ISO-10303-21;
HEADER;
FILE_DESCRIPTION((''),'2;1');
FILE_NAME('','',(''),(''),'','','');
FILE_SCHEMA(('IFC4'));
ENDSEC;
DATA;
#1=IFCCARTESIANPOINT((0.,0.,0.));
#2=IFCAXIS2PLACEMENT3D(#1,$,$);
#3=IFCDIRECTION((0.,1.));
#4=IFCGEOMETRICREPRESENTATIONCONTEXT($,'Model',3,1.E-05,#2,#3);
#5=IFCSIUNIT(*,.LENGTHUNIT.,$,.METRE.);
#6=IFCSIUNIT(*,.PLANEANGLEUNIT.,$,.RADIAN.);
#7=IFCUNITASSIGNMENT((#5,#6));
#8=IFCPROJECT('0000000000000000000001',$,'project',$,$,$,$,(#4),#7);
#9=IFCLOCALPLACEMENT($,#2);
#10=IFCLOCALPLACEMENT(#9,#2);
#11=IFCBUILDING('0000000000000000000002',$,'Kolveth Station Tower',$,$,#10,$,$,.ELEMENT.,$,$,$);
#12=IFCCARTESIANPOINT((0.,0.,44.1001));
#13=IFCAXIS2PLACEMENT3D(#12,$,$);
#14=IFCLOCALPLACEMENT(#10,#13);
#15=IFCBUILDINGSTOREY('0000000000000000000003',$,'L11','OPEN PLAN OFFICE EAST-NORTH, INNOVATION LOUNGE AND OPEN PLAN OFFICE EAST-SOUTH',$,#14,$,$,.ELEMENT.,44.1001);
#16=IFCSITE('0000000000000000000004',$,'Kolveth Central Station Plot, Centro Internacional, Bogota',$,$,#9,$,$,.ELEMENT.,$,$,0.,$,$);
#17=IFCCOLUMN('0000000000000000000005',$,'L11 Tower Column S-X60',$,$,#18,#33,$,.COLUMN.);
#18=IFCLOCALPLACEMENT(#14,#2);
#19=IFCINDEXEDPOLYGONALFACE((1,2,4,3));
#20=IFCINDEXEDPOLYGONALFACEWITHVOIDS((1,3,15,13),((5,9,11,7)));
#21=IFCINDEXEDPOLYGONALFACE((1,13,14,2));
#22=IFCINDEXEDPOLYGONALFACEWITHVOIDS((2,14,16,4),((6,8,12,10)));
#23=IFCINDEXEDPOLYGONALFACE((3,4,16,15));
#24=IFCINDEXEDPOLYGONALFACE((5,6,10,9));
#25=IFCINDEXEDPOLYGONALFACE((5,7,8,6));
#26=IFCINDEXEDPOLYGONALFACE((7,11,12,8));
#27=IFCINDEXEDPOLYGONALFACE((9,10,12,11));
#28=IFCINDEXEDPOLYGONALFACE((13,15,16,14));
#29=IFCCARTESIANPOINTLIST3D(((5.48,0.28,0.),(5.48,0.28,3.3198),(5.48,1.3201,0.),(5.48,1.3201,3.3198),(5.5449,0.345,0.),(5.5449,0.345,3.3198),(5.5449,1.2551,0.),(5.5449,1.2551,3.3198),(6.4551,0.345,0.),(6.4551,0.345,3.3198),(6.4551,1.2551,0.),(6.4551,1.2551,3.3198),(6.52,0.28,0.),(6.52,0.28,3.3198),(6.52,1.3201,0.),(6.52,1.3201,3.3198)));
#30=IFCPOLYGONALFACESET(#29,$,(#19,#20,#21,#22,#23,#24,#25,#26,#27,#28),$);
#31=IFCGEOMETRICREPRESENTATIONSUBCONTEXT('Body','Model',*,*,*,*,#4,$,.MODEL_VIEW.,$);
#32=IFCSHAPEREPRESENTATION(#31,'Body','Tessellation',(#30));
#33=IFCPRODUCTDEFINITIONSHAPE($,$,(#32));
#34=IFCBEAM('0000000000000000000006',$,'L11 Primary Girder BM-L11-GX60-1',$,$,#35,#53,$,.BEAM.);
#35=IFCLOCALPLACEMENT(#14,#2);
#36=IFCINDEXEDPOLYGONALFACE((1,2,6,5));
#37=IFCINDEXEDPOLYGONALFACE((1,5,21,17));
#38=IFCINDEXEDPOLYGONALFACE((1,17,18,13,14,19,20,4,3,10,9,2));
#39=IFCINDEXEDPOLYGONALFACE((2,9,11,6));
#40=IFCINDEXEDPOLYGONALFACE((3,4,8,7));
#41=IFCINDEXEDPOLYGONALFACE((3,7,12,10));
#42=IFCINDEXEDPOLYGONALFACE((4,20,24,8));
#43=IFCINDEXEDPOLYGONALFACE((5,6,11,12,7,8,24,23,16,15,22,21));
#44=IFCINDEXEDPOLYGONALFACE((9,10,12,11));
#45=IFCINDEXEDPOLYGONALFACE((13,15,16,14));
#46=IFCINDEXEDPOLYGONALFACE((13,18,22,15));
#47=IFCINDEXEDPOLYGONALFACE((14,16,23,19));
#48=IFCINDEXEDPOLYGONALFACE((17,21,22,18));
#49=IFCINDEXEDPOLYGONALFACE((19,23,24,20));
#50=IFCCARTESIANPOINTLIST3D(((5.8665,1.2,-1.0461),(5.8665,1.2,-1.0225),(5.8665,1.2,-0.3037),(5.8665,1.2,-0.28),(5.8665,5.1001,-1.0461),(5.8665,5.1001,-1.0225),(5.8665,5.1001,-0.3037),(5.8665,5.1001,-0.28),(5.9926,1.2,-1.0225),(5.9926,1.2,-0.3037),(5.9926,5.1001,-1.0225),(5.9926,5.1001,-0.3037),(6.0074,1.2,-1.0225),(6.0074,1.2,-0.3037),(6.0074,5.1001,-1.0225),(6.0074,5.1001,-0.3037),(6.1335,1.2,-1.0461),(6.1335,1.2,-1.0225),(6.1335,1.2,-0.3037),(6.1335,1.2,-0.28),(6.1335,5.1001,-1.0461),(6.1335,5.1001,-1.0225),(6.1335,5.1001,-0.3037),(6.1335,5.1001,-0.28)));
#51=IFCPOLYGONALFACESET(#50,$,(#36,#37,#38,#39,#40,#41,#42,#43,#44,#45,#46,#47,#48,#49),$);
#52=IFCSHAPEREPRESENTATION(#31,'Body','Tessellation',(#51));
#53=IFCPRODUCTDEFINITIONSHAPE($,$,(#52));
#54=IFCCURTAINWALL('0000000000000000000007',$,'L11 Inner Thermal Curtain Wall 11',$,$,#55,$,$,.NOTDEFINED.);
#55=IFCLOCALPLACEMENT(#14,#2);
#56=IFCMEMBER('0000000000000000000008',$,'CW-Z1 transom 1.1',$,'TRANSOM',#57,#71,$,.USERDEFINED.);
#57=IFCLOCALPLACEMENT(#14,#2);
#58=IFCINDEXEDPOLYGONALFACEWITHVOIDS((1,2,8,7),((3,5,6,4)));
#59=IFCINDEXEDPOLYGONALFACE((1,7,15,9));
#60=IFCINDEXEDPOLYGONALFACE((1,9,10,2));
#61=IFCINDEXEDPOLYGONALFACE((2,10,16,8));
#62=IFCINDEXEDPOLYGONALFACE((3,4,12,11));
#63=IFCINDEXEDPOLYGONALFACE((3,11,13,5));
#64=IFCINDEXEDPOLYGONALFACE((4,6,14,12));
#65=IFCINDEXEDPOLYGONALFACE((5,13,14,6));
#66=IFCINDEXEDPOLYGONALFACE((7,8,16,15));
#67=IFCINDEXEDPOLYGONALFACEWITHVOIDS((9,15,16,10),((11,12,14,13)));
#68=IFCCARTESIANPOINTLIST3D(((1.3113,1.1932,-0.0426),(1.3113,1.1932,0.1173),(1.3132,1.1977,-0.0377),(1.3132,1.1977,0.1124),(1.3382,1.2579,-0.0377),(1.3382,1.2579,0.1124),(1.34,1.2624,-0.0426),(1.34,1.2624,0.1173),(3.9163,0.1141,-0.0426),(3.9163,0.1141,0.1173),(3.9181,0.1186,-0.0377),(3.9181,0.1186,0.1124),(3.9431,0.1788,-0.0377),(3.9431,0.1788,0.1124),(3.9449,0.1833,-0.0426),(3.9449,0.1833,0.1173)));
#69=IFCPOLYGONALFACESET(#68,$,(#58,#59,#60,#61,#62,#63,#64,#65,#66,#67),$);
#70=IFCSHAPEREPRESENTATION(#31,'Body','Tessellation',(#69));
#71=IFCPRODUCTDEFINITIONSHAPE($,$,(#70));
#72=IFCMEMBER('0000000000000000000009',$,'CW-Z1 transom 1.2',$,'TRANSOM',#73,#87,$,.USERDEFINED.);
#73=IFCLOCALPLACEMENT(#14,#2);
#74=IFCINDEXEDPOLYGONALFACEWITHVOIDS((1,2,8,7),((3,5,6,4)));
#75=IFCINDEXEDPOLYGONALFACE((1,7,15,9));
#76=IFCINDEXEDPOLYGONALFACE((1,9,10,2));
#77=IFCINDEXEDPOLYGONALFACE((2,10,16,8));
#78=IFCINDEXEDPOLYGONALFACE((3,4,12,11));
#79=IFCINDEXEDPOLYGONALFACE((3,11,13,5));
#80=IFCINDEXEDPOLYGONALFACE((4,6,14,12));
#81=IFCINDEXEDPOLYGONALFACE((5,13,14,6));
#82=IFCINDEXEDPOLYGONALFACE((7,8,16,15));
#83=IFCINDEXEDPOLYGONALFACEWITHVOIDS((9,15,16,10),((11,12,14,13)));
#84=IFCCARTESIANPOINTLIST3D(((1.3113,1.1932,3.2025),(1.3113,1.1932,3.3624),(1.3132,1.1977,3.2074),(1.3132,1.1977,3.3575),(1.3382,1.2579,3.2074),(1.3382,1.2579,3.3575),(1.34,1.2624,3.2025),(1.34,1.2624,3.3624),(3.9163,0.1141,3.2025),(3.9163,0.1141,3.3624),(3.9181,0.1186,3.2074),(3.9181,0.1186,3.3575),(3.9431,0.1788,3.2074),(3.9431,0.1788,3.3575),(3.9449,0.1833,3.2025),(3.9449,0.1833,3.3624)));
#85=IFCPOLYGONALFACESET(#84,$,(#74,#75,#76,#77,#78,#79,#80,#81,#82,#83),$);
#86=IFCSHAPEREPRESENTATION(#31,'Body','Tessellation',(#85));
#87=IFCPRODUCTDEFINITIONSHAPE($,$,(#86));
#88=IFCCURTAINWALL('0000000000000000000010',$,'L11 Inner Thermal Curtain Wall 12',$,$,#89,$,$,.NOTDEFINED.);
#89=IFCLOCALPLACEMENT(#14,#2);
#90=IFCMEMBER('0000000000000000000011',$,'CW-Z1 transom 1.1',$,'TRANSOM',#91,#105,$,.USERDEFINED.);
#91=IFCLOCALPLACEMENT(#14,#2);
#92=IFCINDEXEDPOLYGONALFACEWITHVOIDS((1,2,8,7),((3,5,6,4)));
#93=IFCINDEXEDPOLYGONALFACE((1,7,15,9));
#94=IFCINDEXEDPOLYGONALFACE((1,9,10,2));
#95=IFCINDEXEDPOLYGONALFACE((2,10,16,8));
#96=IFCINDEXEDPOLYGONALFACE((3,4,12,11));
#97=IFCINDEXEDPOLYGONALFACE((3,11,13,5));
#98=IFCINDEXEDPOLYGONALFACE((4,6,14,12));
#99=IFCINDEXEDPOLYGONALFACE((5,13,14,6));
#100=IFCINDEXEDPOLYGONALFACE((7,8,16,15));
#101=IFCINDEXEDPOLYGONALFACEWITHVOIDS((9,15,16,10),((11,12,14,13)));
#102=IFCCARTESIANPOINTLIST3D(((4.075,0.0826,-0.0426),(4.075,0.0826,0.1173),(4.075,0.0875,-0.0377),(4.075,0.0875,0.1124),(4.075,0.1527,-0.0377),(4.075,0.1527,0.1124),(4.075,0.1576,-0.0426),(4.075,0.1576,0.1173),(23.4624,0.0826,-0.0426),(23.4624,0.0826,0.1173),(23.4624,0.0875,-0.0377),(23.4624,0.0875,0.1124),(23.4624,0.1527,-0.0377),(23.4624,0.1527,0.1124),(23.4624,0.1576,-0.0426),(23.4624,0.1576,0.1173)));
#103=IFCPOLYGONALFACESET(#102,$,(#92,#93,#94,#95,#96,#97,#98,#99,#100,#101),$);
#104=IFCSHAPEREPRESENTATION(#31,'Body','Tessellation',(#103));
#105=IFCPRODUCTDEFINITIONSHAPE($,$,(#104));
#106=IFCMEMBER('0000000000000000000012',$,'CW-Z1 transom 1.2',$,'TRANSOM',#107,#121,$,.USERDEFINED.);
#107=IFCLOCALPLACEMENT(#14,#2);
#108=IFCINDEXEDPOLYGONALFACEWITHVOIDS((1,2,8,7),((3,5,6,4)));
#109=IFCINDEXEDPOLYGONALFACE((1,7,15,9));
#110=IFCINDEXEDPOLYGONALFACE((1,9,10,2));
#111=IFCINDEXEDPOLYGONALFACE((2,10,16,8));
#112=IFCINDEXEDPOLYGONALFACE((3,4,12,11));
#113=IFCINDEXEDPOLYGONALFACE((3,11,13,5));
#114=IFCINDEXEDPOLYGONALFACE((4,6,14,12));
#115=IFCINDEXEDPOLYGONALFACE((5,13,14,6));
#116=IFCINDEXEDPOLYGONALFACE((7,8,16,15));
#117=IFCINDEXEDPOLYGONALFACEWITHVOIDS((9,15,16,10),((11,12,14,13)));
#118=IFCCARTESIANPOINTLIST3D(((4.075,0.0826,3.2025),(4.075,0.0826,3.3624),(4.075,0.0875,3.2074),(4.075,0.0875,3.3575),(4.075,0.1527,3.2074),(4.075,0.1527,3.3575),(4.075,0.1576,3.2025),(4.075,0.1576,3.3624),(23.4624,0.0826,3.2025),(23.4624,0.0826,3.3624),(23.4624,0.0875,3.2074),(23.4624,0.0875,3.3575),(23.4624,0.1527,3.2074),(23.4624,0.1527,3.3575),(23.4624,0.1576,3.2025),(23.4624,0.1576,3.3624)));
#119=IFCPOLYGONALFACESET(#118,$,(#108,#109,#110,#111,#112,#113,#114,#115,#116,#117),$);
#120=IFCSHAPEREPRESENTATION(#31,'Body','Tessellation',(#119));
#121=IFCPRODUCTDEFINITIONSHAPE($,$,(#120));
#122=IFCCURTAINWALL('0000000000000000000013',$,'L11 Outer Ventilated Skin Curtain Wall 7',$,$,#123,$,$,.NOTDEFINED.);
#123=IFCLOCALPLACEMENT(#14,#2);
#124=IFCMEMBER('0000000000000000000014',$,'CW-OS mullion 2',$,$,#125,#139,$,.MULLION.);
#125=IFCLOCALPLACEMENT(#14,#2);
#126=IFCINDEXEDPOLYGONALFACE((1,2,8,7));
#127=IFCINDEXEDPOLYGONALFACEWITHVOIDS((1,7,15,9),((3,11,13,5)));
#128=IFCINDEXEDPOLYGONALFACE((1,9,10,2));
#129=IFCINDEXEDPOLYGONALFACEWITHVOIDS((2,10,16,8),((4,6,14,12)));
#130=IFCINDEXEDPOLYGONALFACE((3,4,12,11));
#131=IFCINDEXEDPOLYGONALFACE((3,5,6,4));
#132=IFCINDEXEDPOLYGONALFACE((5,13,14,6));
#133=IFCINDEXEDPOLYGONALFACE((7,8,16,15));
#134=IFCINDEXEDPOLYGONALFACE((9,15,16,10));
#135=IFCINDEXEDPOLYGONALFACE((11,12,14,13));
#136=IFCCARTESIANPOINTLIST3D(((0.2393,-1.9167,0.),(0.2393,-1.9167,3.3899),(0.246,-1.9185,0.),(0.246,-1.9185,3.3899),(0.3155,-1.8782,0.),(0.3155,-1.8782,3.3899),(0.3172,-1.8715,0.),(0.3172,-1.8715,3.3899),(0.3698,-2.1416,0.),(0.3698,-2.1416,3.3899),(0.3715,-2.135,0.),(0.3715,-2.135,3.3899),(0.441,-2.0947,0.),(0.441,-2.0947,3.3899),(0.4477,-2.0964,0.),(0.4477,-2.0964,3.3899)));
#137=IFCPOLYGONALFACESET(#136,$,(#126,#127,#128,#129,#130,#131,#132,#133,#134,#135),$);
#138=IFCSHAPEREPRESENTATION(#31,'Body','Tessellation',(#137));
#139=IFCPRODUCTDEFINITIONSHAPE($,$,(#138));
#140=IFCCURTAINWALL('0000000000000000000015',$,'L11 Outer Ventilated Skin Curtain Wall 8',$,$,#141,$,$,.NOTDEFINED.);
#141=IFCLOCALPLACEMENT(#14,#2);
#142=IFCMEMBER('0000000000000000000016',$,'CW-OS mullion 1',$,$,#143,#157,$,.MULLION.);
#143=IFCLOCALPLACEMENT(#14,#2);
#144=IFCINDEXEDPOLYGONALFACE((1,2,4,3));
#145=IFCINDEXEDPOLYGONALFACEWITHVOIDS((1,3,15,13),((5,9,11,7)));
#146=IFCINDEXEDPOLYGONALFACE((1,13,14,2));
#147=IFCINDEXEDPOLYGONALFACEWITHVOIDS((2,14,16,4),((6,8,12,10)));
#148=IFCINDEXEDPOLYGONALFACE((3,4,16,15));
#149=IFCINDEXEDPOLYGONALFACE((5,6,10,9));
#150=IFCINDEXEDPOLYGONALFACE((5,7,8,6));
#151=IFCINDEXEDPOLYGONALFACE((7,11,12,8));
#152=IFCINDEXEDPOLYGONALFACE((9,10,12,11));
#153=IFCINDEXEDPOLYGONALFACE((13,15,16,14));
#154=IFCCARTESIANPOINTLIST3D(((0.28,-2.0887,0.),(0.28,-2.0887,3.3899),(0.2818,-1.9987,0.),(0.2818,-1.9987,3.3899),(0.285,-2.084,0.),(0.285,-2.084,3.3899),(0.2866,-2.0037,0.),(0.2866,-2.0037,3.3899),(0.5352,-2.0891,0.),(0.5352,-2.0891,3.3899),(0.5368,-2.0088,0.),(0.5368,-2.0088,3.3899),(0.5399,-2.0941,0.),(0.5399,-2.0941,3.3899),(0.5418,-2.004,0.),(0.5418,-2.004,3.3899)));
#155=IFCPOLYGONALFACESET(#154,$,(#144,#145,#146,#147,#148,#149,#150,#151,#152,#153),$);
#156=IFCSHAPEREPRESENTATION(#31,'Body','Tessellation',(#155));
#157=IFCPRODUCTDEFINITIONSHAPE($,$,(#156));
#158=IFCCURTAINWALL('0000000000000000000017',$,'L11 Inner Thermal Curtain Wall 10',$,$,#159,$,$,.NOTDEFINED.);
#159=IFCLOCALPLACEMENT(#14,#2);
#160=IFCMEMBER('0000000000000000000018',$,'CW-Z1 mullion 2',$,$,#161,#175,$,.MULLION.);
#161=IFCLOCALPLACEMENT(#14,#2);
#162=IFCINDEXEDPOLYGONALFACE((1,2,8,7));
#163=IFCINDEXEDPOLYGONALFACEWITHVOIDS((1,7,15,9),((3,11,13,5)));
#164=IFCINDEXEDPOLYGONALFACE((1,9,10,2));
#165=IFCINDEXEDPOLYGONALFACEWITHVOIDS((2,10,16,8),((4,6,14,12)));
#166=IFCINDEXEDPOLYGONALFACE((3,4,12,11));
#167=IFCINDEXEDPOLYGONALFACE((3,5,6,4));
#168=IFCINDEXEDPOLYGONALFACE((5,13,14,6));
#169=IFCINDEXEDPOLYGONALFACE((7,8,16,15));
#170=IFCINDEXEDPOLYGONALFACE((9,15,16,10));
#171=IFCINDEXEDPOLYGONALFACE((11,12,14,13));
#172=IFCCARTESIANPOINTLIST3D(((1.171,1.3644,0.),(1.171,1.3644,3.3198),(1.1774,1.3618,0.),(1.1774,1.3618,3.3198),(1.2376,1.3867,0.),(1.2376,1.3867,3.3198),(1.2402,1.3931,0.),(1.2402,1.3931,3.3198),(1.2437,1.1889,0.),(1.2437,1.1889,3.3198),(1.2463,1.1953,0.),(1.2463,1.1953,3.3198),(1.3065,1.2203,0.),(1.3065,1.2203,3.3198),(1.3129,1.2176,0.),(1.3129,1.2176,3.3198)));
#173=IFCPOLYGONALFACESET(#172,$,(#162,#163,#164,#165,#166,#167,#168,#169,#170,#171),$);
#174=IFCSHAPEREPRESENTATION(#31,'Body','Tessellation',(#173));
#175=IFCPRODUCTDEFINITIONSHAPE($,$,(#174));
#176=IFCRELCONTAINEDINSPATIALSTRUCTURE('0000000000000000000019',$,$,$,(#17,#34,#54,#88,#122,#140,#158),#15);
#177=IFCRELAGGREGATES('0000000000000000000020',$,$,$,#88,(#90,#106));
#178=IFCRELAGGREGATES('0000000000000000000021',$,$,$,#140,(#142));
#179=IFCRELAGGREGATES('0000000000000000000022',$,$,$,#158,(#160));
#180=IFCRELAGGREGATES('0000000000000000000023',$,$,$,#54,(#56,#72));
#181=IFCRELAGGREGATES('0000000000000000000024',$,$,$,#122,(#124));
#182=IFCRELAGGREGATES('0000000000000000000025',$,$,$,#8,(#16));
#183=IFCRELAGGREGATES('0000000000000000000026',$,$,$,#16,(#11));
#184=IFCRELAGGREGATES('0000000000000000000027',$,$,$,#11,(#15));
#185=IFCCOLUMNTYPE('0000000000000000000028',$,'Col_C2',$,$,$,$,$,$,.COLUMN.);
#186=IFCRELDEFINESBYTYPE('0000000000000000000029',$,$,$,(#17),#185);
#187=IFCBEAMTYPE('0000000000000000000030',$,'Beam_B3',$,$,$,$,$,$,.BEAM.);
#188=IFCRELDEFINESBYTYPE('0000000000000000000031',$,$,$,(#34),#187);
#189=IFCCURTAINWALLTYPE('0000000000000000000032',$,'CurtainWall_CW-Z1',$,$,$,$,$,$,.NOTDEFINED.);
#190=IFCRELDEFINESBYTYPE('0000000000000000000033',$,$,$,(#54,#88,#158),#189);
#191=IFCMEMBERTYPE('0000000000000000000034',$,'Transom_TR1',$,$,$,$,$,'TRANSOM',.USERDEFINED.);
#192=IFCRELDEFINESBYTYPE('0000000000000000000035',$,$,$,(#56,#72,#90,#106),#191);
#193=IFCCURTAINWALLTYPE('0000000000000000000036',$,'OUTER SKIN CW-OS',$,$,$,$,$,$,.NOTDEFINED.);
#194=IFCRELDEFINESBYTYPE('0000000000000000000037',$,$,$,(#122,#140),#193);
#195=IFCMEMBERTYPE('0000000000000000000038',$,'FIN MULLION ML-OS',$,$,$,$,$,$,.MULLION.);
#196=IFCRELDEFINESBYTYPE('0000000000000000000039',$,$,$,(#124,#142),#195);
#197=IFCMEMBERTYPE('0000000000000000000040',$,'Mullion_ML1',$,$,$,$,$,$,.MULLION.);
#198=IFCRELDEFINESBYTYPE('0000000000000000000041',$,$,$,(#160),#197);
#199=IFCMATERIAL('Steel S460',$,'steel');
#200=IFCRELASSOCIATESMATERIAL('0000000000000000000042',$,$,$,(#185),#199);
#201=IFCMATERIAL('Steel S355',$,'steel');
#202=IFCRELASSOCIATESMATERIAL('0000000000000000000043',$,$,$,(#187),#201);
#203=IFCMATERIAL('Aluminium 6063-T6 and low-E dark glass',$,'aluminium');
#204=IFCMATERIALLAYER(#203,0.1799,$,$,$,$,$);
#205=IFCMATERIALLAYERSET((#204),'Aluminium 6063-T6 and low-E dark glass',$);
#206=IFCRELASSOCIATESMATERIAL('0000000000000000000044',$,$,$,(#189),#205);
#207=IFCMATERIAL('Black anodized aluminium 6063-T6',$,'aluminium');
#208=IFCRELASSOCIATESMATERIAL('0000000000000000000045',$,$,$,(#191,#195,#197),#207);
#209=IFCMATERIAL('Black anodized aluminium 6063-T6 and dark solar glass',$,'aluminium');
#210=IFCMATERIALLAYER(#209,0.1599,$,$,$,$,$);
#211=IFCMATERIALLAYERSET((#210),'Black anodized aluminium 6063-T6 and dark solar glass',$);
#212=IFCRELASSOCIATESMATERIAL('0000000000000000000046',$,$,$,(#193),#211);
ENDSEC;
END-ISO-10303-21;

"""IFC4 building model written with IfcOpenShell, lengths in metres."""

from ifc_helpers import new_model, si_unit, direction, frame, origin, origin_2d, place, context, subcontext, project, spatial, hollow_rectangle, i_section, extrude, source, transform, mapped, material, layer, layer_set, material_profile, profile_set, type_object, element, aggregate, save


model = new_model("IFC4")

# Units and contexts
model_context = context("Model", 3, precision=1e-05, world=origin(), true_north=direction((0.0, 1.0)))
body_context = subcontext(model_context, "Body", "Model", "MODEL_VIEW")
ifc_project = project(units=[si_unit("LENGTHUNIT", "METRE"), si_unit("PLANEANGLEUNIT", "RADIAN")], contexts=[model_context])

# Site, building, storey
site_placement = place(None, origin())
site = spatial("IfcSite", under=ifc_project, at=site_placement, Name="Kolveth Central Station Plot, Centro Internacional, Bogota", CompositionType="ELEMENT", RefElevation=0.0)
building_placement = place(site_placement, origin())
building = spatial("IfcBuilding", under=site, at=building_placement, Name="Kolveth Station Tower", CompositionType="ELEMENT")
storey_placement = place(building_placement, frame((0.0, 0.0, 44.1001)))
storey = spatial("IfcBuildingStorey", under=building, at=storey_placement, Name="L11", Description="OPEN PLAN OFFICE EAST-NORTH, INNOVATION LOUNGE AND OPEN PLAN OFFICE EAST-SOUTH", CompositionType="ELEMENT", Elevation=44.1001)

# Column
ifc_material_1 = material(Name="Steel S460", Category="steel")
ifc_material_profile_1 = material_profile(ifc_material_1, hollow_rectangle(XDim=1.04, YDim=1.04, WallThickness=0.0649, at=origin_2d()), Name="BOX1040x1040x65")
ifc_profile_set_1 = profile_set([ifc_material_profile_1], Name="Steel S460")
column_type = type_object("IfcColumnType", Name="Col_C2", PredefinedType="COLUMN", material=ifc_profile_set_1)
shared_shape_1 = source(origin(), body_context, "Body", "SweptSolid", [
    extrude(hollow_rectangle(XDim=1.04, YDim=1.04, WallThickness=0.0649, at=origin_2d()), origin(), (0.0, 0.0, 1.0), 3.3198),
])
column_placement = place(storey_placement, frame((6.0, 0.8, 0.0), z_axis=(0.0, 0.0, 1.0), x_axis=(1.0, 0.0, 0.0)))
element("IfcColumn", 1, at=column_placement, inside=storey, type_object=column_type, Name="L11 Tower Column S-X60", PredefinedType="COLUMN", context=body_context, shape_type="MappedRepresentation", body=[
    mapped(shared_shape_1, transform((0.0, 0.0, 0.0), x_axis=(1.0, 0.0, 0.0), y_axis=(0.0, 1.0, 0.0), z_axis=(0.0, 0.0, 1.0), scale=1.0)),
])

# Beam
ifc_material_2 = material(Name="Steel S355", Category="steel")
ifc_material_profile_2 = material_profile(ifc_material_2, i_section(OverallWidth=0.2671, OverallDepth=0.7661, WebThickness=0.0149, FlangeThickness=0.0237, at=origin_2d()), Name="W760x185")
ifc_profile_set_2 = profile_set([ifc_material_profile_2], Name="Steel S355")
beam_type = type_object("IfcBeamType", Name="Beam_B3", PredefinedType="BEAM", material=ifc_profile_set_2)
shared_shape_2 = source(origin(), body_context, "Body", "SweptSolid", [
    extrude(i_section(OverallWidth=0.2671, OverallDepth=0.7661, WebThickness=0.0149, FlangeThickness=0.0237, at=origin_2d()), origin(), (0.0, 0.0, 1.0), 3.9001),
])
beam_placement = place(storey_placement, frame((6.0, 1.2, -0.6631), z_axis=(0.0, 1.0, 0.0), x_axis=(-1.0, 0.0, 0.0)))
element("IfcBeam", 2, at=beam_placement, inside=storey, type_object=beam_type, Name="L11 Primary Girder BM-L11-GX60-1", PredefinedType="BEAM", context=body_context, shape_type="MappedRepresentation", body=[
    mapped(shared_shape_2, transform((0.0, 0.0, 0.0), x_axis=(1.0, 0.0, 0.0), y_axis=(0.0, 1.0, 0.0), z_axis=(0.0, 0.0, 1.0), scale=1.0)),
])

# Curtain walls, members
ifc_material_3 = material(Name="Aluminium 6063-T6 and low-E dark glass", Category="aluminium")
ifc_layer_1 = layer(ifc_material_3, 0.1799)
ifc_layer_set_1 = layer_set([ifc_layer_1], Name="Aluminium 6063-T6 and low-E dark glass")
curtain_wall_type_1 = type_object("IfcCurtainWallType", Name="CurtainWall_CW-Z1", PredefinedType="NOTDEFINED", material=ifc_layer_set_1)
curtain_wall_1_placement = place(storey_placement, origin())
curtain_wall_1 = element("IfcCurtainWall", 3, at=curtain_wall_1_placement, inside=storey, type_object=curtain_wall_type_1, Name="L11 Inner Thermal Curtain Wall 11", PredefinedType="NOTDEFINED")
ifc_material_4 = material(Name="Black anodized aluminium 6063-T6", Category="aluminium")
ifc_material_profile_3 = material_profile(ifc_material_4, hollow_rectangle(XDim=0.075, YDim=0.1599, WallThickness=0.0049, at=origin_2d()), Name="ALU-75x160x5")
ifc_profile_set_3 = profile_set([ifc_material_profile_3], Name="Black anodized aluminium 6063-T6")
member_type_1 = type_object("IfcMemberType", Name="Transom_TR1", ElementType="TRANSOM", PredefinedType="USERDEFINED", material=ifc_profile_set_3)
shared_shape_3 = source(origin(), body_context, "Body", "SweptSolid", [
    extrude(hollow_rectangle(XDim=0.075, YDim=0.1599, WallThickness=0.0049, at=origin_2d()), origin(), (0.0, 0.0, 1.0), 2.8196),
])
member_1_placement = place(storey_placement, frame((1.3257, 1.2278, 0.0374), z_axis=(0.923869, -0.382709, 0.0), x_axis=(0.382709, 0.923869, 0.0)))
member_1 = element("IfcMember", 4, at=member_1_placement, type_object=member_type_1, Name="CW-Z1 transom 1.1", ObjectType="TRANSOM", PredefinedType="USERDEFINED", context=body_context, shape_type="MappedRepresentation", body=[
    mapped(shared_shape_3, transform((0.0, 0.0, 0.0), x_axis=(1.0, 0.0, 0.0), y_axis=(0.0, 1.0, 0.0), z_axis=(0.0, 0.0, 1.0), scale=1.0)),
])
member_2_placement = place(storey_placement, frame((1.3257, 1.2278, 3.2825), z_axis=(0.923869, -0.382709, 0.0), x_axis=(0.382709, 0.923869, 0.0)))
member_2 = element("IfcMember", 5, at=member_2_placement, type_object=member_type_1, Name="CW-Z1 transom 1.2", ObjectType="TRANSOM", PredefinedType="USERDEFINED", context=body_context, shape_type="MappedRepresentation", body=[
    mapped(shared_shape_3, transform((0.0, 0.0, 0.0), x_axis=(1.0, 0.0, 0.0), y_axis=(0.0, 1.0, 0.0), z_axis=(0.0, 0.0, 1.0), scale=1.0)),
])
curtain_wall_2_placement = place(storey_placement, origin())
curtain_wall_2 = element("IfcCurtainWall", 6, at=curtain_wall_2_placement, inside=storey, type_object=curtain_wall_type_1, Name="L11 Inner Thermal Curtain Wall 12", PredefinedType="NOTDEFINED")
shared_shape_4 = source(origin(), body_context, "Body", "SweptSolid", [
    extrude(hollow_rectangle(XDim=0.075, YDim=0.1599, WallThickness=0.0049, at=origin_2d()), origin(), (0.0, 0.0, 1.0), 19.3875),
])
member_3_placement = place(storey_placement, frame((4.075, 0.1201, 0.0374), z_axis=(1.0, 0.0, 0.0), x_axis=(0.0, 1.0, 0.0)))
member_3 = element("IfcMember", 7, at=member_3_placement, type_object=member_type_1, Name="CW-Z1 transom 1.1", ObjectType="TRANSOM", PredefinedType="USERDEFINED", context=body_context, shape_type="MappedRepresentation", body=[
    mapped(shared_shape_4, transform((0.0, 0.0, 0.0), x_axis=(1.0, 0.0, 0.0), y_axis=(0.0, 1.0, 0.0), z_axis=(0.0, 0.0, 1.0), scale=1.0)),
])
member_4_placement = place(storey_placement, frame((4.075, 0.1201, 3.2825), z_axis=(1.0, 0.0, 0.0), x_axis=(0.0, 1.0, 0.0)))
member_4 = element("IfcMember", 8, at=member_4_placement, type_object=member_type_1, Name="CW-Z1 transom 1.2", ObjectType="TRANSOM", PredefinedType="USERDEFINED", context=body_context, shape_type="MappedRepresentation", body=[
    mapped(shared_shape_4, transform((0.0, 0.0, 0.0), x_axis=(1.0, 0.0, 0.0), y_axis=(0.0, 1.0, 0.0), z_axis=(0.0, 0.0, 1.0), scale=1.0)),
])

# Curtain walls, members
ifc_material_5 = material(Name="Black anodized aluminium 6063-T6 and dark solar glass", Category="aluminium")
ifc_layer_2 = layer(ifc_material_5, 0.1599)
ifc_layer_set_2 = layer_set([ifc_layer_2], Name="Black anodized aluminium 6063-T6 and dark solar glass")
curtain_wall_type_2 = type_object("IfcCurtainWallType", Name="OUTER SKIN CW-OS", PredefinedType="NOTDEFINED", material=ifc_layer_set_2)
curtain_wall_3_placement = place(storey_placement, origin())
curtain_wall_3 = element("IfcCurtainWall", 9, at=curtain_wall_3_placement, inside=storey, type_object=curtain_wall_type_2, Name="L11 Outer Ventilated Skin Curtain Wall 7", PredefinedType="NOTDEFINED")
ifc_material_profile_4 = material_profile(ifc_material_4, hollow_rectangle(XDim=0.0901, YDim=0.26, WallThickness=0.0049, at=origin_2d()), Name="ALU-90x260x5")
ifc_profile_set_4 = profile_set([ifc_material_profile_4], Name="Black anodized aluminium 6063-T6")
member_type_2 = type_object("IfcMemberType", Name="FIN MULLION ML-OS", PredefinedType="MULLION", material=ifc_profile_set_4)
shared_shape_5 = source(origin(), body_context, "Body", "SweptSolid", [
    extrude(hollow_rectangle(XDim=0.0901, YDim=0.26, WallThickness=0.0049, at=origin_2d()), origin(), (0.0, 0.0, 1.0), 3.3899),
])
member_5_placement = place(storey_placement, frame((0.3435, -2.0066, 0.0), z_axis=(0.0, 0.0, 1.0), x_axis=(0.865007, 0.501759, 0.0)))
member_5 = element("IfcMember", 10, at=member_5_placement, type_object=member_type_2, Name="CW-OS mullion 2", PredefinedType="MULLION", context=body_context, shape_type="MappedRepresentation", body=[
    mapped(shared_shape_5, transform((0.0, 0.0, 0.0), x_axis=(1.0, 0.0, 0.0), y_axis=(0.0, 1.0, 0.0), z_axis=(0.0, 0.0, 1.0), scale=1.0)),
])
curtain_wall_4_placement = place(storey_placement, origin())
curtain_wall_4 = element("IfcCurtainWall", 11, at=curtain_wall_4_placement, inside=storey, type_object=curtain_wall_type_2, Name="L11 Outer Ventilated Skin Curtain Wall 8", PredefinedType="NOTDEFINED")
member_6_placement = place(storey_placement, frame((0.4109, -2.0464, 0.0), z_axis=(0.0, 0.0, 1.0), x_axis=(0.02061, 0.999788, 0.0)))
member_6 = element("IfcMember", 12, at=member_6_placement, type_object=member_type_2, Name="CW-OS mullion 1", PredefinedType="MULLION", context=body_context, shape_type="MappedRepresentation", body=[
    mapped(shared_shape_5, transform((0.0, 0.0, 0.0), x_axis=(1.0, 0.0, 0.0), y_axis=(0.0, 1.0, 0.0), z_axis=(0.0, 0.0, 1.0), scale=1.0)),
])
curtain_wall_5_placement = place(storey_placement, origin())
curtain_wall_5 = element("IfcCurtainWall", 13, at=curtain_wall_5_placement, inside=storey, type_object=curtain_wall_type_1, Name="L11 Inner Thermal Curtain Wall 10", PredefinedType="NOTDEFINED")
ifc_material_profile_5 = material_profile(ifc_material_4, hollow_rectangle(XDim=0.075, YDim=0.1899, WallThickness=0.0049, at=origin_2d()), Name="ALU-75x190x5")
ifc_profile_set_5 = profile_set([ifc_material_profile_5], Name="Black anodized aluminium 6063-T6")
member_type_3 = type_object("IfcMemberType", Name="Mullion_ML1", PredefinedType="MULLION", material=ifc_profile_set_5)
shared_shape_6 = source(origin(), body_context, "Body", "SweptSolid", [
    extrude(hollow_rectangle(XDim=0.075, YDim=0.1899, WallThickness=0.0049, at=origin_2d()), origin(), (0.0, 0.0, 1.0), 3.3198),
])
member_7_placement = place(storey_placement, frame((1.2419, 1.291, 0.0), z_axis=(0.0, 0.0, 1.0), x_axis=(0.923884, 0.382673, 0.0)))
member_7 = element("IfcMember", 14, at=member_7_placement, type_object=member_type_3, Name="CW-Z1 mullion 2", PredefinedType="MULLION", context=body_context, shape_type="MappedRepresentation", body=[
    mapped(shared_shape_6, transform((0.0, 0.0, 0.0), x_axis=(1.0, 0.0, 0.0), y_axis=(0.0, 1.0, 0.0), z_axis=(0.0, 0.0, 1.0), scale=1.0)),
])

aggregate(curtain_wall_2, [member_3, member_4])
aggregate(curtain_wall_4, [member_6])

aggregate(curtain_wall_5, [member_7])
aggregate(curtain_wall_1, [member_1, member_2])
aggregate(curtain_wall_3, [member_5])

save(model, "model.ifc")
